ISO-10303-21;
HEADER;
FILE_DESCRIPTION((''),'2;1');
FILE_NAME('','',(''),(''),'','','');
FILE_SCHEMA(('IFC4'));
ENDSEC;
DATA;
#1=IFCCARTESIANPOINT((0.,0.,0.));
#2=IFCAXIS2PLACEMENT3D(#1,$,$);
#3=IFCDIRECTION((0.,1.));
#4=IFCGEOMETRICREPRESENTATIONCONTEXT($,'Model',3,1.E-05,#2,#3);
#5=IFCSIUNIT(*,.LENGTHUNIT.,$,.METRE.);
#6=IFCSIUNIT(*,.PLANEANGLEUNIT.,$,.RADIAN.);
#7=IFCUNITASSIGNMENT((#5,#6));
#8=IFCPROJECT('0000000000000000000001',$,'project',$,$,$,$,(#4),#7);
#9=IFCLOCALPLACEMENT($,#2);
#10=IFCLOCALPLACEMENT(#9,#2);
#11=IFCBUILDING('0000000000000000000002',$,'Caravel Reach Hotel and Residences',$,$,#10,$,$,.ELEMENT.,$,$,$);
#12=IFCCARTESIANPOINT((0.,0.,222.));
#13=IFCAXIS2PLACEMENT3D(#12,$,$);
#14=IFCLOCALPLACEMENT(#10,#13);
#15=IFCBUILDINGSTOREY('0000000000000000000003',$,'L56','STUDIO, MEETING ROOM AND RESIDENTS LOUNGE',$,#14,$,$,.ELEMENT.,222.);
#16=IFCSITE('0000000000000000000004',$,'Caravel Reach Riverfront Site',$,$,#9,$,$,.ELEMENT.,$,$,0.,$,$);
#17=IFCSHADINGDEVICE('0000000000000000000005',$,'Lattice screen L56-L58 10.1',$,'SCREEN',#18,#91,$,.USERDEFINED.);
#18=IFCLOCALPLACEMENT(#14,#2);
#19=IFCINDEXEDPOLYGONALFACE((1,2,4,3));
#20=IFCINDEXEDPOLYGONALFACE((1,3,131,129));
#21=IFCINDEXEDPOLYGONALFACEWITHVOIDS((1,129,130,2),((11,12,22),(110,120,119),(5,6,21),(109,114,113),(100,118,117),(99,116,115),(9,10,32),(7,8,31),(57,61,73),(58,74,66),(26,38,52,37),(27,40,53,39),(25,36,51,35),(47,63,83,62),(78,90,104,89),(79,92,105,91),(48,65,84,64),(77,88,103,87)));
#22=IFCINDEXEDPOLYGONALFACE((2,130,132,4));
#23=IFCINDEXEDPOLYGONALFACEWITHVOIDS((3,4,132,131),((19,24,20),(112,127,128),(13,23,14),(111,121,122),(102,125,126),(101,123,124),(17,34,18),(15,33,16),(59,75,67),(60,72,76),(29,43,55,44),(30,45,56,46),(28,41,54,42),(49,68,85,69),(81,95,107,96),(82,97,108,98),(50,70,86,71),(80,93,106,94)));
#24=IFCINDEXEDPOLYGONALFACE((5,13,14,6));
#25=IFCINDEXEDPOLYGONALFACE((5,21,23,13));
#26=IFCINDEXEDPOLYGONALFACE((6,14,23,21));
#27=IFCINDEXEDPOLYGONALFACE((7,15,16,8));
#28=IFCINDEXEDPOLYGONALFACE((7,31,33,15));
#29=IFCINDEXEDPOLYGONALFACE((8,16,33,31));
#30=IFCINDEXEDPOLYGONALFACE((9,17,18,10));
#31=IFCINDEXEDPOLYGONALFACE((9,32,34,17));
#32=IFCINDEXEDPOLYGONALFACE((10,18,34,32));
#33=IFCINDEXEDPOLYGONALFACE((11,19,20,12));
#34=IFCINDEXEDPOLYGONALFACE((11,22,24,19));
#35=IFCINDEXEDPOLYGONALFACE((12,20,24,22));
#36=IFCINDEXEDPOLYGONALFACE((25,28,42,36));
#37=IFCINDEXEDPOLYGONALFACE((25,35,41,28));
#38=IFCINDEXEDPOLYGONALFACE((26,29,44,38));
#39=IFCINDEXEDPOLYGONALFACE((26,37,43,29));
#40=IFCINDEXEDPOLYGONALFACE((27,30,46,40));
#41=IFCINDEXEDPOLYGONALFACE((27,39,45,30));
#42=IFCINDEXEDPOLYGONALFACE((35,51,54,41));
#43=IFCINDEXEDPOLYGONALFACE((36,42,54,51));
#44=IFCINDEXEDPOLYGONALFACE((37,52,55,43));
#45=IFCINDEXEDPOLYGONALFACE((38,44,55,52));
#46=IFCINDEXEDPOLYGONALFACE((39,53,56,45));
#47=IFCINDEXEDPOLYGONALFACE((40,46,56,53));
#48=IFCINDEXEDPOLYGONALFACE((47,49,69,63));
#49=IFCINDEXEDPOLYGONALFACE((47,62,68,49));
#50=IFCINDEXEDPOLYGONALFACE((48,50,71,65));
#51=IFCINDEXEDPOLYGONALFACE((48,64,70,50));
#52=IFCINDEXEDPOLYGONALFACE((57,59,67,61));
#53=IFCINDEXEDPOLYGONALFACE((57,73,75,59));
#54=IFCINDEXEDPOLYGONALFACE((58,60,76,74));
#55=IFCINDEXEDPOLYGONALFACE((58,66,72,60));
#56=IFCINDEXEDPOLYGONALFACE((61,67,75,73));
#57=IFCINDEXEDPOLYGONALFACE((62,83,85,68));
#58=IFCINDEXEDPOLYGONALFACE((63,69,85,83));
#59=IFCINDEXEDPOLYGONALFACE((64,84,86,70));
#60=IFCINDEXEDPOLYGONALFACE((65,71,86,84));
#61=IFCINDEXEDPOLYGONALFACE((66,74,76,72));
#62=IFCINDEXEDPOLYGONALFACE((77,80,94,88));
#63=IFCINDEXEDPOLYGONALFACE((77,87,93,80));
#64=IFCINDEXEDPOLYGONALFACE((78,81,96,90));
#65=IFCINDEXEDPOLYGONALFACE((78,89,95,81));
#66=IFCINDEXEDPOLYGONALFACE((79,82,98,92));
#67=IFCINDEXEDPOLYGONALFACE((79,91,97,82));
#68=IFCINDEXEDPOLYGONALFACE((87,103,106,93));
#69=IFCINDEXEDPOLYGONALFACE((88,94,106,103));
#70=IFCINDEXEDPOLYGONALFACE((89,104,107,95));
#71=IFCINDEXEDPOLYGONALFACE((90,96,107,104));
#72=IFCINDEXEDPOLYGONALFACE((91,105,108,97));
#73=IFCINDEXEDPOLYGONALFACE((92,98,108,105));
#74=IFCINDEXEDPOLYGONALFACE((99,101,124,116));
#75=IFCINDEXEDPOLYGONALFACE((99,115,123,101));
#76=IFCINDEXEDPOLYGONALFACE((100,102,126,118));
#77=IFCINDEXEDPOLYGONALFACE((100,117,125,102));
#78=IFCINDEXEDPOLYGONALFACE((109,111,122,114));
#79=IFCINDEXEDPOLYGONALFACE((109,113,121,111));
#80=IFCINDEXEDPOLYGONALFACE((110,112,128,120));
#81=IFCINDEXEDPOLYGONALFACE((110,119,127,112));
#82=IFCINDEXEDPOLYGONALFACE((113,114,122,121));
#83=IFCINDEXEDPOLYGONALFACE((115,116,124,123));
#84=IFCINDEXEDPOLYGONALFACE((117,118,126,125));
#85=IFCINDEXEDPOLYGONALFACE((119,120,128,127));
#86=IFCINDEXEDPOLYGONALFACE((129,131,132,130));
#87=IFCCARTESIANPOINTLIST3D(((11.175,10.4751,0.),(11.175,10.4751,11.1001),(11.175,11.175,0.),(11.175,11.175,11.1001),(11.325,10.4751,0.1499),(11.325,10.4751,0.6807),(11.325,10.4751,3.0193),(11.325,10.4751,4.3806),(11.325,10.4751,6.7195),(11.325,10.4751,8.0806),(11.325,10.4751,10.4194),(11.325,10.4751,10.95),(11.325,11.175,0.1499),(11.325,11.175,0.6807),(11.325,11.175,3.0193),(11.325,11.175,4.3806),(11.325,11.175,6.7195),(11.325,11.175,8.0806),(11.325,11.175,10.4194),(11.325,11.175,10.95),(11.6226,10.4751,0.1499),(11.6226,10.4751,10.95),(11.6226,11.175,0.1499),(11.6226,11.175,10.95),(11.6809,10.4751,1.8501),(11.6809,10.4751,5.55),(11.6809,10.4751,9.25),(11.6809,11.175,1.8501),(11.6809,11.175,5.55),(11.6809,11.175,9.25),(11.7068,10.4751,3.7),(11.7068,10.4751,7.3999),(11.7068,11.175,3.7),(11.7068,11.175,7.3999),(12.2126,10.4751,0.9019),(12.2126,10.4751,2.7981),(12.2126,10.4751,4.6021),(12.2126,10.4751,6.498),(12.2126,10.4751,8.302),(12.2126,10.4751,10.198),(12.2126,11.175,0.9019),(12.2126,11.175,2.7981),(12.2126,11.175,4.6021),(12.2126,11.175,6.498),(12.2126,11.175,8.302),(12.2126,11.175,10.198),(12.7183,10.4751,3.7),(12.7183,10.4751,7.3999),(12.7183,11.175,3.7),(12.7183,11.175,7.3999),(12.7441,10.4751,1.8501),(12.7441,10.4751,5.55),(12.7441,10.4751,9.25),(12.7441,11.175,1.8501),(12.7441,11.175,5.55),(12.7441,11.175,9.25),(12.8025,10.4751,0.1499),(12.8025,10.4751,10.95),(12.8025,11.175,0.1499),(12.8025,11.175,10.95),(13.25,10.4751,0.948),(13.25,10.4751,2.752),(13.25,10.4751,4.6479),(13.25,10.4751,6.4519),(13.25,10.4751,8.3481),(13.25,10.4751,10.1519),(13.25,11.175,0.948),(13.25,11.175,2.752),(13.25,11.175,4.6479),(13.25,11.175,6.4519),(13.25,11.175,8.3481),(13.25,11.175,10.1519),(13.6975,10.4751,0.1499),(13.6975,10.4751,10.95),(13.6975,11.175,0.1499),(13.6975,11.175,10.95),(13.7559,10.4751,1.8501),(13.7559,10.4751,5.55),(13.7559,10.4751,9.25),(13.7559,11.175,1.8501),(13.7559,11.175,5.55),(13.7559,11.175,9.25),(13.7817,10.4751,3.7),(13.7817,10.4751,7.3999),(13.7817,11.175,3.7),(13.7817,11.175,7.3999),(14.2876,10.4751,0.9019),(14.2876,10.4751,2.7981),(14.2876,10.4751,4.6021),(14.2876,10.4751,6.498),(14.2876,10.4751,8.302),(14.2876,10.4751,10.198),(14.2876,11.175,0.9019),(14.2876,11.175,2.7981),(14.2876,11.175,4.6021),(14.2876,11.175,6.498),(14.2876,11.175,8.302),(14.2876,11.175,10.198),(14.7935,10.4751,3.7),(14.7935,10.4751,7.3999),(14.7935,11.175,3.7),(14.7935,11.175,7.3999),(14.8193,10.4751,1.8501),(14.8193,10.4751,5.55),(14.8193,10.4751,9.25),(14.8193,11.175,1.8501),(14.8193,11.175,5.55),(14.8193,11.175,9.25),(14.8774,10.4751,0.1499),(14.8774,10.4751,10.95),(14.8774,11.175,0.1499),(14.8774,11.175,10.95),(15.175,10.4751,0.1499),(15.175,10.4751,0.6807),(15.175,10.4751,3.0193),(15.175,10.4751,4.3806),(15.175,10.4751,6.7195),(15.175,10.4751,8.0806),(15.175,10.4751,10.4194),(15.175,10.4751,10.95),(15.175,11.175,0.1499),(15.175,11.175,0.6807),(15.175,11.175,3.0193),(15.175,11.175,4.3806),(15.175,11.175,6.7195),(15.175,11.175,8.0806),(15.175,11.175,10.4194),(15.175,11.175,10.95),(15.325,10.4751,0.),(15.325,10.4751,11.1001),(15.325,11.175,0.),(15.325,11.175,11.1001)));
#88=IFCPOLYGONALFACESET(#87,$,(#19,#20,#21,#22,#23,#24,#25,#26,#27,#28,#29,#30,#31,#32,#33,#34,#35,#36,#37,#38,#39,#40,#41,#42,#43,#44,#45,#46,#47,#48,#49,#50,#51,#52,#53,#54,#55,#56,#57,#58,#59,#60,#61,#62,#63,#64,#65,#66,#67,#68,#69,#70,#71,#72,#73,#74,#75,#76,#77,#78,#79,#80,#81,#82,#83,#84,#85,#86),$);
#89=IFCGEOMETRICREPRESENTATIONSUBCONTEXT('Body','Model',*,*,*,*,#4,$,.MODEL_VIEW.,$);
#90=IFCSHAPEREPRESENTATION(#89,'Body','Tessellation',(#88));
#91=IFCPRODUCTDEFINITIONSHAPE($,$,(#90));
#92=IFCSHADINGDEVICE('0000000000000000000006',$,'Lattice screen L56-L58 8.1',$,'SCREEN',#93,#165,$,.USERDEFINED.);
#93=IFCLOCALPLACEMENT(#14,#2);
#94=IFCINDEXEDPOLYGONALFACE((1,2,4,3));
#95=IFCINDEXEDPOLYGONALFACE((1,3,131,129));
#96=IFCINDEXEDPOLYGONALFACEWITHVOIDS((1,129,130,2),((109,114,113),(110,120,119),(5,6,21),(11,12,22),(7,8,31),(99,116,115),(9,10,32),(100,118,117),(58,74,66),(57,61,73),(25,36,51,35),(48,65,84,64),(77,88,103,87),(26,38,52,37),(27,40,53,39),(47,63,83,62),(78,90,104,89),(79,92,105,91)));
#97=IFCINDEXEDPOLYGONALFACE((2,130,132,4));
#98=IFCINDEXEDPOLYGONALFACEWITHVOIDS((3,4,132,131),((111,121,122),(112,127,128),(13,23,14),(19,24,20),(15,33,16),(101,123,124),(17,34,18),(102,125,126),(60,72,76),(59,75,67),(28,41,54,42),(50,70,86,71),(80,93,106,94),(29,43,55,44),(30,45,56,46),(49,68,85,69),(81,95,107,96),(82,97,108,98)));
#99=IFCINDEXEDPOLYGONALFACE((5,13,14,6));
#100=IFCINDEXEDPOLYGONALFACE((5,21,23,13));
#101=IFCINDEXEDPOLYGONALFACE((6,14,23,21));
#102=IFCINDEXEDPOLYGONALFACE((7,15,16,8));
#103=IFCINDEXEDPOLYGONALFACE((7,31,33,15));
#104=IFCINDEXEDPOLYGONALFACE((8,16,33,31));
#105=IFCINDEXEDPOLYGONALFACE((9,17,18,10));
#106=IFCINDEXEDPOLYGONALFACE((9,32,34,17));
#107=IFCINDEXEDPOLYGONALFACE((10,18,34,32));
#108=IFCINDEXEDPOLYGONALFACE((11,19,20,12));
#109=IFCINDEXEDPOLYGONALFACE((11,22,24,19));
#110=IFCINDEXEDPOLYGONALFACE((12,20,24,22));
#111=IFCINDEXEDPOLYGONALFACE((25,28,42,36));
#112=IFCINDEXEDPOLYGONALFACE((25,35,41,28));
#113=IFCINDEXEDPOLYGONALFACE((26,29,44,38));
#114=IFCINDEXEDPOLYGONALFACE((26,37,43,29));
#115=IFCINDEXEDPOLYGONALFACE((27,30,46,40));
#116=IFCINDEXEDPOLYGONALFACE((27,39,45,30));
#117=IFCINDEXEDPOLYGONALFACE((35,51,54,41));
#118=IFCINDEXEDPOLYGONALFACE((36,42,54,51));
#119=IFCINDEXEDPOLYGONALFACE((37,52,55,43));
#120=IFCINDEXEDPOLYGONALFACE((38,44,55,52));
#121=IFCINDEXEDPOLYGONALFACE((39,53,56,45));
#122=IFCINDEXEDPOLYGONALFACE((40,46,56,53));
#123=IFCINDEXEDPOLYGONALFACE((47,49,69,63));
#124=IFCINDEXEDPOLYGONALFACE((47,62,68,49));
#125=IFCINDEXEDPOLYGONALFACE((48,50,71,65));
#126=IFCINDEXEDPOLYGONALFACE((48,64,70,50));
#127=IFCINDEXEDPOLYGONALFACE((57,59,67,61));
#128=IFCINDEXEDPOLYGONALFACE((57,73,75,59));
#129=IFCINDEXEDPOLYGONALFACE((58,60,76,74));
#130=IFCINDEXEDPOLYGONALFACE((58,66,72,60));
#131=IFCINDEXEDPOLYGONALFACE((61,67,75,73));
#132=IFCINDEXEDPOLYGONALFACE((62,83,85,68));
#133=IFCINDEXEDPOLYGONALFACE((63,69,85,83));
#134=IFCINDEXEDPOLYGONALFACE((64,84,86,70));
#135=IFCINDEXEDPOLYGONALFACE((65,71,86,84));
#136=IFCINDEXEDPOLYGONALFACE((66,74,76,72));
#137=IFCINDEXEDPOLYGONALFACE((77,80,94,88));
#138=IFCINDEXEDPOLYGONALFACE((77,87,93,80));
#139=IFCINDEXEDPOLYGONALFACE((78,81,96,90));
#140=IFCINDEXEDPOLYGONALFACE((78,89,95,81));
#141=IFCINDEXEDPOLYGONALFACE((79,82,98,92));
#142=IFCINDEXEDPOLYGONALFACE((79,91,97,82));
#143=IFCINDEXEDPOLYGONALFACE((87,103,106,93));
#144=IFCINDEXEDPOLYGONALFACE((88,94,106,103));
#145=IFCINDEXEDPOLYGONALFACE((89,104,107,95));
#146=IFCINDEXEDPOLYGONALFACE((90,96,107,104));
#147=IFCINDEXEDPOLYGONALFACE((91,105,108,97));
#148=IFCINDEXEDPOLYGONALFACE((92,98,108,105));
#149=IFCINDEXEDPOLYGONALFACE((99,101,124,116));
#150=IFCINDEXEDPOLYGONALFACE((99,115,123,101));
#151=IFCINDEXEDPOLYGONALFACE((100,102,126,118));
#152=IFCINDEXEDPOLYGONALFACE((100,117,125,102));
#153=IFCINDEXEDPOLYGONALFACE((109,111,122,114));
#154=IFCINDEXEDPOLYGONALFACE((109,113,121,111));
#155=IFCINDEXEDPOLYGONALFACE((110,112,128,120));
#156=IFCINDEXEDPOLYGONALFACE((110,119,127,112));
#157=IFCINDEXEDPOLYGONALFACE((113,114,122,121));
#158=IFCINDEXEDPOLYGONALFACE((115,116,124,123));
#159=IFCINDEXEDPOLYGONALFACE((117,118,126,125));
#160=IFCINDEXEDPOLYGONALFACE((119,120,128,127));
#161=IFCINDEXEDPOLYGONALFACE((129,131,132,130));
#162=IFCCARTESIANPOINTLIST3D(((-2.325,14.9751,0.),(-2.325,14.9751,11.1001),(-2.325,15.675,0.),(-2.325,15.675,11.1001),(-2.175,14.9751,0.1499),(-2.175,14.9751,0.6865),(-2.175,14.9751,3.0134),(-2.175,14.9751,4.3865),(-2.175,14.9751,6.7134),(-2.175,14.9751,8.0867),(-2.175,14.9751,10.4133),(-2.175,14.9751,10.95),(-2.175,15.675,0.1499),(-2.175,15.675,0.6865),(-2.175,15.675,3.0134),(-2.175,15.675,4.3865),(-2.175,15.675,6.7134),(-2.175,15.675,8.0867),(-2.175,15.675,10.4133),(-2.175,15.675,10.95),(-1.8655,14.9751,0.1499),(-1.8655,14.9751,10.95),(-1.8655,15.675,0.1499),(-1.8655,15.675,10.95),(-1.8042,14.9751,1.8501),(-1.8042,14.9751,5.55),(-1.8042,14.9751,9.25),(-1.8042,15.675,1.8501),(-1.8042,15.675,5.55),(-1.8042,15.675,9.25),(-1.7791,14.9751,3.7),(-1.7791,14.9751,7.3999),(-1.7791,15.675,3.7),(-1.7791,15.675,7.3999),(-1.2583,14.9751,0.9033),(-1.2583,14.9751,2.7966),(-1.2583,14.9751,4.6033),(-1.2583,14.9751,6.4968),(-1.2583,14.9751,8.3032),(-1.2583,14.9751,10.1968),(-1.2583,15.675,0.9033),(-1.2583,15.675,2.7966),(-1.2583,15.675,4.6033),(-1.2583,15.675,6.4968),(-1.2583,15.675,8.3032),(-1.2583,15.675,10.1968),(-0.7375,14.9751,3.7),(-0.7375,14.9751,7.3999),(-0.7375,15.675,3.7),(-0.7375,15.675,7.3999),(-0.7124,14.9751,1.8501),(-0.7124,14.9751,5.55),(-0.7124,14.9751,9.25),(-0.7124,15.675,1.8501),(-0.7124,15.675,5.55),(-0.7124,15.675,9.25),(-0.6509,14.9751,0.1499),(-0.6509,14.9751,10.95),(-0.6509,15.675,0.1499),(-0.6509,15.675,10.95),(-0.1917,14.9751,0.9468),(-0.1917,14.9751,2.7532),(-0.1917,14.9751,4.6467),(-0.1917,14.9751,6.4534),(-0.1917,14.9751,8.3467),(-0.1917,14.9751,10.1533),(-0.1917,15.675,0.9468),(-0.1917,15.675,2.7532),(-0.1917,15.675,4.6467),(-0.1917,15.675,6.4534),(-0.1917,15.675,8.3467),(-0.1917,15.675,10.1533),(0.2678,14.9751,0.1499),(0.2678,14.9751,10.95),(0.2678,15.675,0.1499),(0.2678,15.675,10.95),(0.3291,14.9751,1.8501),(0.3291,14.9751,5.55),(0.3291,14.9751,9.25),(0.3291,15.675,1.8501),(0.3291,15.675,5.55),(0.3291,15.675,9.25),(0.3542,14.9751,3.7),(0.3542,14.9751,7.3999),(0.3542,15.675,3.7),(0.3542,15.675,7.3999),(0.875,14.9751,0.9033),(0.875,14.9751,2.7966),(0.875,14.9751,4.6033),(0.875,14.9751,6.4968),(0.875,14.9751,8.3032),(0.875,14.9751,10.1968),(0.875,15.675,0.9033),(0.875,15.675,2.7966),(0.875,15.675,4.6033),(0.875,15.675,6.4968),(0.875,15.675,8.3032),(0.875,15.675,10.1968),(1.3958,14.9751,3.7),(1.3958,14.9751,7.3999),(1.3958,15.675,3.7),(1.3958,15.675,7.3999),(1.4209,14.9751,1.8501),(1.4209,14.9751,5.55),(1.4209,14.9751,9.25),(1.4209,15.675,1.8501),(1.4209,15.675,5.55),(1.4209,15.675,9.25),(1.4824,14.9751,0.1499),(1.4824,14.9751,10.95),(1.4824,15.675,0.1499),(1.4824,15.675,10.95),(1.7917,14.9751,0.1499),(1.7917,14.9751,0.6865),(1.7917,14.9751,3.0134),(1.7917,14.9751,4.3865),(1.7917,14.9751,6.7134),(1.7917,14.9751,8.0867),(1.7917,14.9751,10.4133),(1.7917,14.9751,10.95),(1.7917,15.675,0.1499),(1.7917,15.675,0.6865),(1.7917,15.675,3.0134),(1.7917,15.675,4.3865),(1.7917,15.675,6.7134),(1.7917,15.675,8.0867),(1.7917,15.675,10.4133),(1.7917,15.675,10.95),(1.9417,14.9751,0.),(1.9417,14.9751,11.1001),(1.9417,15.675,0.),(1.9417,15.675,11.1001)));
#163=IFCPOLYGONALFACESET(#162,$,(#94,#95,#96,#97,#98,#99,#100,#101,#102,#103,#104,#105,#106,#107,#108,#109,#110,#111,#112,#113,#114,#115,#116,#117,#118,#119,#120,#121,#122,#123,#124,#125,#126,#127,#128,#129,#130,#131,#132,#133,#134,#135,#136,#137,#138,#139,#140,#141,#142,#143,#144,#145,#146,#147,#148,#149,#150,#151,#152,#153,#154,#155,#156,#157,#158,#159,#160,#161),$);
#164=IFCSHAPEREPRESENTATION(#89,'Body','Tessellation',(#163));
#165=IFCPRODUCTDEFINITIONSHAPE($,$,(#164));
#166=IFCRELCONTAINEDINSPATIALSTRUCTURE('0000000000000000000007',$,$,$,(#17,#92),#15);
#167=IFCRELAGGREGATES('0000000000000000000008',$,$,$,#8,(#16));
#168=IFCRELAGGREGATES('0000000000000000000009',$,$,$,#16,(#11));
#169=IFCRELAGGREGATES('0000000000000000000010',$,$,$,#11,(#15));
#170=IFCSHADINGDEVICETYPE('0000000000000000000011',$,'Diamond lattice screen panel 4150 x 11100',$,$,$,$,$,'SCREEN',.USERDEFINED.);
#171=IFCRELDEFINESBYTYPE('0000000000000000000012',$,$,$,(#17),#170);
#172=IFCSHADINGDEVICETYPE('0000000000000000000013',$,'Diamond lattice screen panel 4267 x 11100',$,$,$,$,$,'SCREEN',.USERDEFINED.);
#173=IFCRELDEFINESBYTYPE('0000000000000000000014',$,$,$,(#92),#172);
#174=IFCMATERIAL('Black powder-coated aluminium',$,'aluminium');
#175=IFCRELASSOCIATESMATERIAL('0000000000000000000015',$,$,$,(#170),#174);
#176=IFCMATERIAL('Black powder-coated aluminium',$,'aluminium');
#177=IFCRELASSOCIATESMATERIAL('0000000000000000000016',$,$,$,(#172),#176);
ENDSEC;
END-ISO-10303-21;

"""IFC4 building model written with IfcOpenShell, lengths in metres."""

from ifc_helpers import new_model, si_unit, direction, frame, origin, place, context, subcontext, project, spatial, polyline, outline, extrude, material, type_object, element, save


model = new_model("IFC4")

# Units and contexts
model_context = context("Model", 3, precision=1e-05, world=origin(), true_north=direction((0.0, 1.0)))
body_context = subcontext(model_context, "Body", "Model", "MODEL_VIEW")
ifc_project = project(units=[si_unit("LENGTHUNIT", "METRE"), si_unit("PLANEANGLEUNIT", "RADIAN")], contexts=[model_context])

# Site, building, storey
site_placement = place(None, origin())
site = spatial("IfcSite", under=ifc_project, at=site_placement, Name="Caravel Reach Riverfront Site", CompositionType="ELEMENT", RefElevation=0.0)
building_placement = place(site_placement, origin())
building = spatial("IfcBuilding", under=site, at=building_placement, Name="Caravel Reach Hotel and Residences", CompositionType="ELEMENT")
storey_placement = place(building_placement, frame((0.0, 0.0, 222.0)))
storey = spatial("IfcBuildingStorey", under=building, at=storey_placement, Name="L56", Description="STUDIO, MEETING ROOM AND RESIDENTS LOUNGE", CompositionType="ELEMENT", Elevation=222.0)

# Shading devices
ifc_material_1 = material(Name="Black powder-coated aluminium", Category="aluminium")
shading_device_type_1 = type_object("IfcShadingDeviceType", Name="Diamond lattice screen panel 4150 x 11100", ElementType="SCREEN", PredefinedType="USERDEFINED", material=ifc_material_1)
shading_device_1_placement = place(storey_placement, frame((11.175, 11.175, 0.0), z_axis=(0.0, -1.0, 0.0), x_axis=(1.0, 0.0, 0.0)))
element("IfcShadingDevice", 1, at=shading_device_1_placement, inside=storey, type_object=shading_device_type_1, Name="Lattice screen L56-L58 10.1", ObjectType="SCREEN", PredefinedType="USERDEFINED", context=body_context, shape_type="SweptSolid", body=[
    extrude(outline(polyline([(0.0, 0.0), (4.1499, 0.0), (4.1499, 11.1001), (0.0, 11.1001), (0.0, 0.0)]), holes=[polyline([(0.4475, 0.1499), (0.1499, 0.6807), (0.1499, 0.1499), (0.4475, 0.1499)]), polyline([(0.5317, 3.7), (0.1499, 4.3806), (0.1499, 3.0193), (0.5317, 3.7)]), polyline([(0.5317, 7.3999), (0.1499, 8.0806), (0.1499, 6.7195), (0.5317, 7.3999)]), polyline([(0.1499, 10.4194), (0.4475, 10.95), (0.1499, 10.95), (0.1499, 10.4194)]), polyline([(1.0376, 2.7981), (0.5059, 1.8501), (1.0376, 0.9019), (1.5691, 1.8501), (1.0376, 2.7981)]), polyline([(1.0376, 6.498), (0.5059, 5.55), (1.0376, 4.6021), (1.5691, 5.55), (1.0376, 6.498)]), polyline([(1.0376, 10.198), (0.5059, 9.25), (1.0376, 8.302), (1.5691, 9.25), (1.0376, 10.198)]), polyline([(2.075, 0.948), (1.6274, 0.1499), (2.5225, 0.1499), (2.075, 0.948)]), polyline([(2.075, 4.6479), (1.5432, 3.7), (2.075, 2.752), (2.6067, 3.7), (2.075, 4.6479)]), polyline([(2.075, 8.3481), (1.5432, 7.3999), (2.075, 6.4519), (2.6067, 7.3999), (2.075, 8.3481)]), polyline([(2.075, 10.1519), (2.5225, 10.95), (1.6274, 10.95), (2.075, 10.1519)]), polyline([(3.1125, 2.7981), (2.5808, 1.8501), (3.1125, 0.9019), (3.6443, 1.8501), (3.1125, 2.7981)]), polyline([(3.1125, 6.498), (2.5808, 5.55), (3.1125, 4.6021), (3.6443, 5.55), (3.1125, 6.498)]), polyline([(3.1125, 10.198), (2.5808, 9.25), (3.1125, 8.302), (3.6443, 9.25), (3.1125, 10.198)]), polyline([(4.0, 0.6807), (3.7024, 0.1499), (4.0, 0.1499), (4.0, 0.6807)]), polyline([(3.6184, 3.7), (4.0, 3.0193), (4.0, 4.3806), (3.6184, 3.7)]), polyline([(3.6184, 7.3999), (4.0, 6.7195), (4.0, 8.0806), (3.6184, 7.3999)]), polyline([(3.7024, 10.95), (4.0, 10.4194), (4.0, 10.95), (3.7024, 10.95)])]), origin(), (0.0, 0.0, 1.0), 0.7),
])
ifc_material_2 = material(Name="Black powder-coated aluminium", Category="aluminium")
shading_device_type_2 = type_object("IfcShadingDeviceType", Name="Diamond lattice screen panel 4267 x 11100", ElementType="SCREEN", PredefinedType="USERDEFINED", material=ifc_material_2)
shading_device_2_placement = place(storey_placement, frame((-2.325, 15.675, 0.0), z_axis=(0.0, -1.0, 0.0), x_axis=(1.0, 0.0, 0.0)))
element("IfcShadingDevice", 2, at=shading_device_2_placement, inside=storey, type_object=shading_device_type_2, Name="Lattice screen L56-L58 8.1", ObjectType="SCREEN", PredefinedType="USERDEFINED", context=body_context, shape_type="SweptSolid", body=[
    extrude(outline(polyline([(0.0, 0.0), (4.2666, 0.0), (4.2666, 11.1001), (0.0, 11.1001), (0.0, 0.0)]), holes=[polyline([(0.4595, 0.1499), (0.1499, 0.6865), (0.1499, 0.1499), (0.4595, 0.1499)]), polyline([(0.5459, 3.7), (0.1499, 4.3865), (0.1499, 3.0134), (0.5459, 3.7)]), polyline([(0.5459, 7.3999), (0.1499, 8.0867), (0.1499, 6.7134), (0.5459, 7.3999)]), polyline([(0.1499, 10.4133), (0.4595, 10.95), (0.1499, 10.95), (0.1499, 10.4133)]), polyline([(1.0667, 2.7966), (0.5208, 1.8501), (1.0667, 0.9033), (1.6125, 1.8501), (1.0667, 2.7966)]), polyline([(1.0667, 6.4968), (0.5208, 5.55), (1.0667, 4.6033), (1.6125, 5.55), (1.0667, 6.4968)]), polyline([(1.0667, 10.1968), (0.5208, 9.25), (1.0667, 8.3032), (1.6125, 9.25), (1.0667, 10.1968)]), polyline([(2.1333, 0.9468), (1.6741, 0.1499), (2.5928, 0.1499), (2.1333, 0.9468)]), polyline([(2.1333, 4.6467), (1.5874, 3.7), (2.1333, 2.7532), (2.6792, 3.7), (2.1333, 4.6467)]), polyline([(2.1333, 8.3467), (1.5874, 7.3999), (2.1333, 6.4534), (2.6792, 7.3999), (2.1333, 8.3467)]), polyline([(2.1333, 10.1533), (2.5928, 10.95), (1.6741, 10.95), (2.1333, 10.1533)]), polyline([(3.2, 2.7966), (2.6541, 1.8501), (3.2, 0.9033), (3.7458, 1.8501), (3.2, 2.7966)]), polyline([(3.2, 6.4968), (2.6541, 5.55), (3.2, 4.6033), (3.7458, 5.55), (3.2, 6.4968)]), polyline([(3.2, 10.1968), (2.6541, 9.25), (3.2, 8.3032), (3.7458, 9.25), (3.2, 10.1968)]), polyline([(4.1167, 0.6865), (3.8074, 0.1499), (4.1167, 0.1499), (4.1167, 0.6865)]), polyline([(3.7207, 3.7), (4.1167, 3.0134), (4.1167, 4.3865), (3.7207, 3.7)]), polyline([(3.7207, 7.3999), (4.1167, 6.7134), (4.1167, 8.0867), (3.7207, 7.3999)]), polyline([(3.8074, 10.95), (4.1167, 10.4133), (4.1167, 10.95), (3.8074, 10.95)])]), origin(), (0.0, 0.0, 1.0), 0.7),
])

save(model, "model.ifc")
